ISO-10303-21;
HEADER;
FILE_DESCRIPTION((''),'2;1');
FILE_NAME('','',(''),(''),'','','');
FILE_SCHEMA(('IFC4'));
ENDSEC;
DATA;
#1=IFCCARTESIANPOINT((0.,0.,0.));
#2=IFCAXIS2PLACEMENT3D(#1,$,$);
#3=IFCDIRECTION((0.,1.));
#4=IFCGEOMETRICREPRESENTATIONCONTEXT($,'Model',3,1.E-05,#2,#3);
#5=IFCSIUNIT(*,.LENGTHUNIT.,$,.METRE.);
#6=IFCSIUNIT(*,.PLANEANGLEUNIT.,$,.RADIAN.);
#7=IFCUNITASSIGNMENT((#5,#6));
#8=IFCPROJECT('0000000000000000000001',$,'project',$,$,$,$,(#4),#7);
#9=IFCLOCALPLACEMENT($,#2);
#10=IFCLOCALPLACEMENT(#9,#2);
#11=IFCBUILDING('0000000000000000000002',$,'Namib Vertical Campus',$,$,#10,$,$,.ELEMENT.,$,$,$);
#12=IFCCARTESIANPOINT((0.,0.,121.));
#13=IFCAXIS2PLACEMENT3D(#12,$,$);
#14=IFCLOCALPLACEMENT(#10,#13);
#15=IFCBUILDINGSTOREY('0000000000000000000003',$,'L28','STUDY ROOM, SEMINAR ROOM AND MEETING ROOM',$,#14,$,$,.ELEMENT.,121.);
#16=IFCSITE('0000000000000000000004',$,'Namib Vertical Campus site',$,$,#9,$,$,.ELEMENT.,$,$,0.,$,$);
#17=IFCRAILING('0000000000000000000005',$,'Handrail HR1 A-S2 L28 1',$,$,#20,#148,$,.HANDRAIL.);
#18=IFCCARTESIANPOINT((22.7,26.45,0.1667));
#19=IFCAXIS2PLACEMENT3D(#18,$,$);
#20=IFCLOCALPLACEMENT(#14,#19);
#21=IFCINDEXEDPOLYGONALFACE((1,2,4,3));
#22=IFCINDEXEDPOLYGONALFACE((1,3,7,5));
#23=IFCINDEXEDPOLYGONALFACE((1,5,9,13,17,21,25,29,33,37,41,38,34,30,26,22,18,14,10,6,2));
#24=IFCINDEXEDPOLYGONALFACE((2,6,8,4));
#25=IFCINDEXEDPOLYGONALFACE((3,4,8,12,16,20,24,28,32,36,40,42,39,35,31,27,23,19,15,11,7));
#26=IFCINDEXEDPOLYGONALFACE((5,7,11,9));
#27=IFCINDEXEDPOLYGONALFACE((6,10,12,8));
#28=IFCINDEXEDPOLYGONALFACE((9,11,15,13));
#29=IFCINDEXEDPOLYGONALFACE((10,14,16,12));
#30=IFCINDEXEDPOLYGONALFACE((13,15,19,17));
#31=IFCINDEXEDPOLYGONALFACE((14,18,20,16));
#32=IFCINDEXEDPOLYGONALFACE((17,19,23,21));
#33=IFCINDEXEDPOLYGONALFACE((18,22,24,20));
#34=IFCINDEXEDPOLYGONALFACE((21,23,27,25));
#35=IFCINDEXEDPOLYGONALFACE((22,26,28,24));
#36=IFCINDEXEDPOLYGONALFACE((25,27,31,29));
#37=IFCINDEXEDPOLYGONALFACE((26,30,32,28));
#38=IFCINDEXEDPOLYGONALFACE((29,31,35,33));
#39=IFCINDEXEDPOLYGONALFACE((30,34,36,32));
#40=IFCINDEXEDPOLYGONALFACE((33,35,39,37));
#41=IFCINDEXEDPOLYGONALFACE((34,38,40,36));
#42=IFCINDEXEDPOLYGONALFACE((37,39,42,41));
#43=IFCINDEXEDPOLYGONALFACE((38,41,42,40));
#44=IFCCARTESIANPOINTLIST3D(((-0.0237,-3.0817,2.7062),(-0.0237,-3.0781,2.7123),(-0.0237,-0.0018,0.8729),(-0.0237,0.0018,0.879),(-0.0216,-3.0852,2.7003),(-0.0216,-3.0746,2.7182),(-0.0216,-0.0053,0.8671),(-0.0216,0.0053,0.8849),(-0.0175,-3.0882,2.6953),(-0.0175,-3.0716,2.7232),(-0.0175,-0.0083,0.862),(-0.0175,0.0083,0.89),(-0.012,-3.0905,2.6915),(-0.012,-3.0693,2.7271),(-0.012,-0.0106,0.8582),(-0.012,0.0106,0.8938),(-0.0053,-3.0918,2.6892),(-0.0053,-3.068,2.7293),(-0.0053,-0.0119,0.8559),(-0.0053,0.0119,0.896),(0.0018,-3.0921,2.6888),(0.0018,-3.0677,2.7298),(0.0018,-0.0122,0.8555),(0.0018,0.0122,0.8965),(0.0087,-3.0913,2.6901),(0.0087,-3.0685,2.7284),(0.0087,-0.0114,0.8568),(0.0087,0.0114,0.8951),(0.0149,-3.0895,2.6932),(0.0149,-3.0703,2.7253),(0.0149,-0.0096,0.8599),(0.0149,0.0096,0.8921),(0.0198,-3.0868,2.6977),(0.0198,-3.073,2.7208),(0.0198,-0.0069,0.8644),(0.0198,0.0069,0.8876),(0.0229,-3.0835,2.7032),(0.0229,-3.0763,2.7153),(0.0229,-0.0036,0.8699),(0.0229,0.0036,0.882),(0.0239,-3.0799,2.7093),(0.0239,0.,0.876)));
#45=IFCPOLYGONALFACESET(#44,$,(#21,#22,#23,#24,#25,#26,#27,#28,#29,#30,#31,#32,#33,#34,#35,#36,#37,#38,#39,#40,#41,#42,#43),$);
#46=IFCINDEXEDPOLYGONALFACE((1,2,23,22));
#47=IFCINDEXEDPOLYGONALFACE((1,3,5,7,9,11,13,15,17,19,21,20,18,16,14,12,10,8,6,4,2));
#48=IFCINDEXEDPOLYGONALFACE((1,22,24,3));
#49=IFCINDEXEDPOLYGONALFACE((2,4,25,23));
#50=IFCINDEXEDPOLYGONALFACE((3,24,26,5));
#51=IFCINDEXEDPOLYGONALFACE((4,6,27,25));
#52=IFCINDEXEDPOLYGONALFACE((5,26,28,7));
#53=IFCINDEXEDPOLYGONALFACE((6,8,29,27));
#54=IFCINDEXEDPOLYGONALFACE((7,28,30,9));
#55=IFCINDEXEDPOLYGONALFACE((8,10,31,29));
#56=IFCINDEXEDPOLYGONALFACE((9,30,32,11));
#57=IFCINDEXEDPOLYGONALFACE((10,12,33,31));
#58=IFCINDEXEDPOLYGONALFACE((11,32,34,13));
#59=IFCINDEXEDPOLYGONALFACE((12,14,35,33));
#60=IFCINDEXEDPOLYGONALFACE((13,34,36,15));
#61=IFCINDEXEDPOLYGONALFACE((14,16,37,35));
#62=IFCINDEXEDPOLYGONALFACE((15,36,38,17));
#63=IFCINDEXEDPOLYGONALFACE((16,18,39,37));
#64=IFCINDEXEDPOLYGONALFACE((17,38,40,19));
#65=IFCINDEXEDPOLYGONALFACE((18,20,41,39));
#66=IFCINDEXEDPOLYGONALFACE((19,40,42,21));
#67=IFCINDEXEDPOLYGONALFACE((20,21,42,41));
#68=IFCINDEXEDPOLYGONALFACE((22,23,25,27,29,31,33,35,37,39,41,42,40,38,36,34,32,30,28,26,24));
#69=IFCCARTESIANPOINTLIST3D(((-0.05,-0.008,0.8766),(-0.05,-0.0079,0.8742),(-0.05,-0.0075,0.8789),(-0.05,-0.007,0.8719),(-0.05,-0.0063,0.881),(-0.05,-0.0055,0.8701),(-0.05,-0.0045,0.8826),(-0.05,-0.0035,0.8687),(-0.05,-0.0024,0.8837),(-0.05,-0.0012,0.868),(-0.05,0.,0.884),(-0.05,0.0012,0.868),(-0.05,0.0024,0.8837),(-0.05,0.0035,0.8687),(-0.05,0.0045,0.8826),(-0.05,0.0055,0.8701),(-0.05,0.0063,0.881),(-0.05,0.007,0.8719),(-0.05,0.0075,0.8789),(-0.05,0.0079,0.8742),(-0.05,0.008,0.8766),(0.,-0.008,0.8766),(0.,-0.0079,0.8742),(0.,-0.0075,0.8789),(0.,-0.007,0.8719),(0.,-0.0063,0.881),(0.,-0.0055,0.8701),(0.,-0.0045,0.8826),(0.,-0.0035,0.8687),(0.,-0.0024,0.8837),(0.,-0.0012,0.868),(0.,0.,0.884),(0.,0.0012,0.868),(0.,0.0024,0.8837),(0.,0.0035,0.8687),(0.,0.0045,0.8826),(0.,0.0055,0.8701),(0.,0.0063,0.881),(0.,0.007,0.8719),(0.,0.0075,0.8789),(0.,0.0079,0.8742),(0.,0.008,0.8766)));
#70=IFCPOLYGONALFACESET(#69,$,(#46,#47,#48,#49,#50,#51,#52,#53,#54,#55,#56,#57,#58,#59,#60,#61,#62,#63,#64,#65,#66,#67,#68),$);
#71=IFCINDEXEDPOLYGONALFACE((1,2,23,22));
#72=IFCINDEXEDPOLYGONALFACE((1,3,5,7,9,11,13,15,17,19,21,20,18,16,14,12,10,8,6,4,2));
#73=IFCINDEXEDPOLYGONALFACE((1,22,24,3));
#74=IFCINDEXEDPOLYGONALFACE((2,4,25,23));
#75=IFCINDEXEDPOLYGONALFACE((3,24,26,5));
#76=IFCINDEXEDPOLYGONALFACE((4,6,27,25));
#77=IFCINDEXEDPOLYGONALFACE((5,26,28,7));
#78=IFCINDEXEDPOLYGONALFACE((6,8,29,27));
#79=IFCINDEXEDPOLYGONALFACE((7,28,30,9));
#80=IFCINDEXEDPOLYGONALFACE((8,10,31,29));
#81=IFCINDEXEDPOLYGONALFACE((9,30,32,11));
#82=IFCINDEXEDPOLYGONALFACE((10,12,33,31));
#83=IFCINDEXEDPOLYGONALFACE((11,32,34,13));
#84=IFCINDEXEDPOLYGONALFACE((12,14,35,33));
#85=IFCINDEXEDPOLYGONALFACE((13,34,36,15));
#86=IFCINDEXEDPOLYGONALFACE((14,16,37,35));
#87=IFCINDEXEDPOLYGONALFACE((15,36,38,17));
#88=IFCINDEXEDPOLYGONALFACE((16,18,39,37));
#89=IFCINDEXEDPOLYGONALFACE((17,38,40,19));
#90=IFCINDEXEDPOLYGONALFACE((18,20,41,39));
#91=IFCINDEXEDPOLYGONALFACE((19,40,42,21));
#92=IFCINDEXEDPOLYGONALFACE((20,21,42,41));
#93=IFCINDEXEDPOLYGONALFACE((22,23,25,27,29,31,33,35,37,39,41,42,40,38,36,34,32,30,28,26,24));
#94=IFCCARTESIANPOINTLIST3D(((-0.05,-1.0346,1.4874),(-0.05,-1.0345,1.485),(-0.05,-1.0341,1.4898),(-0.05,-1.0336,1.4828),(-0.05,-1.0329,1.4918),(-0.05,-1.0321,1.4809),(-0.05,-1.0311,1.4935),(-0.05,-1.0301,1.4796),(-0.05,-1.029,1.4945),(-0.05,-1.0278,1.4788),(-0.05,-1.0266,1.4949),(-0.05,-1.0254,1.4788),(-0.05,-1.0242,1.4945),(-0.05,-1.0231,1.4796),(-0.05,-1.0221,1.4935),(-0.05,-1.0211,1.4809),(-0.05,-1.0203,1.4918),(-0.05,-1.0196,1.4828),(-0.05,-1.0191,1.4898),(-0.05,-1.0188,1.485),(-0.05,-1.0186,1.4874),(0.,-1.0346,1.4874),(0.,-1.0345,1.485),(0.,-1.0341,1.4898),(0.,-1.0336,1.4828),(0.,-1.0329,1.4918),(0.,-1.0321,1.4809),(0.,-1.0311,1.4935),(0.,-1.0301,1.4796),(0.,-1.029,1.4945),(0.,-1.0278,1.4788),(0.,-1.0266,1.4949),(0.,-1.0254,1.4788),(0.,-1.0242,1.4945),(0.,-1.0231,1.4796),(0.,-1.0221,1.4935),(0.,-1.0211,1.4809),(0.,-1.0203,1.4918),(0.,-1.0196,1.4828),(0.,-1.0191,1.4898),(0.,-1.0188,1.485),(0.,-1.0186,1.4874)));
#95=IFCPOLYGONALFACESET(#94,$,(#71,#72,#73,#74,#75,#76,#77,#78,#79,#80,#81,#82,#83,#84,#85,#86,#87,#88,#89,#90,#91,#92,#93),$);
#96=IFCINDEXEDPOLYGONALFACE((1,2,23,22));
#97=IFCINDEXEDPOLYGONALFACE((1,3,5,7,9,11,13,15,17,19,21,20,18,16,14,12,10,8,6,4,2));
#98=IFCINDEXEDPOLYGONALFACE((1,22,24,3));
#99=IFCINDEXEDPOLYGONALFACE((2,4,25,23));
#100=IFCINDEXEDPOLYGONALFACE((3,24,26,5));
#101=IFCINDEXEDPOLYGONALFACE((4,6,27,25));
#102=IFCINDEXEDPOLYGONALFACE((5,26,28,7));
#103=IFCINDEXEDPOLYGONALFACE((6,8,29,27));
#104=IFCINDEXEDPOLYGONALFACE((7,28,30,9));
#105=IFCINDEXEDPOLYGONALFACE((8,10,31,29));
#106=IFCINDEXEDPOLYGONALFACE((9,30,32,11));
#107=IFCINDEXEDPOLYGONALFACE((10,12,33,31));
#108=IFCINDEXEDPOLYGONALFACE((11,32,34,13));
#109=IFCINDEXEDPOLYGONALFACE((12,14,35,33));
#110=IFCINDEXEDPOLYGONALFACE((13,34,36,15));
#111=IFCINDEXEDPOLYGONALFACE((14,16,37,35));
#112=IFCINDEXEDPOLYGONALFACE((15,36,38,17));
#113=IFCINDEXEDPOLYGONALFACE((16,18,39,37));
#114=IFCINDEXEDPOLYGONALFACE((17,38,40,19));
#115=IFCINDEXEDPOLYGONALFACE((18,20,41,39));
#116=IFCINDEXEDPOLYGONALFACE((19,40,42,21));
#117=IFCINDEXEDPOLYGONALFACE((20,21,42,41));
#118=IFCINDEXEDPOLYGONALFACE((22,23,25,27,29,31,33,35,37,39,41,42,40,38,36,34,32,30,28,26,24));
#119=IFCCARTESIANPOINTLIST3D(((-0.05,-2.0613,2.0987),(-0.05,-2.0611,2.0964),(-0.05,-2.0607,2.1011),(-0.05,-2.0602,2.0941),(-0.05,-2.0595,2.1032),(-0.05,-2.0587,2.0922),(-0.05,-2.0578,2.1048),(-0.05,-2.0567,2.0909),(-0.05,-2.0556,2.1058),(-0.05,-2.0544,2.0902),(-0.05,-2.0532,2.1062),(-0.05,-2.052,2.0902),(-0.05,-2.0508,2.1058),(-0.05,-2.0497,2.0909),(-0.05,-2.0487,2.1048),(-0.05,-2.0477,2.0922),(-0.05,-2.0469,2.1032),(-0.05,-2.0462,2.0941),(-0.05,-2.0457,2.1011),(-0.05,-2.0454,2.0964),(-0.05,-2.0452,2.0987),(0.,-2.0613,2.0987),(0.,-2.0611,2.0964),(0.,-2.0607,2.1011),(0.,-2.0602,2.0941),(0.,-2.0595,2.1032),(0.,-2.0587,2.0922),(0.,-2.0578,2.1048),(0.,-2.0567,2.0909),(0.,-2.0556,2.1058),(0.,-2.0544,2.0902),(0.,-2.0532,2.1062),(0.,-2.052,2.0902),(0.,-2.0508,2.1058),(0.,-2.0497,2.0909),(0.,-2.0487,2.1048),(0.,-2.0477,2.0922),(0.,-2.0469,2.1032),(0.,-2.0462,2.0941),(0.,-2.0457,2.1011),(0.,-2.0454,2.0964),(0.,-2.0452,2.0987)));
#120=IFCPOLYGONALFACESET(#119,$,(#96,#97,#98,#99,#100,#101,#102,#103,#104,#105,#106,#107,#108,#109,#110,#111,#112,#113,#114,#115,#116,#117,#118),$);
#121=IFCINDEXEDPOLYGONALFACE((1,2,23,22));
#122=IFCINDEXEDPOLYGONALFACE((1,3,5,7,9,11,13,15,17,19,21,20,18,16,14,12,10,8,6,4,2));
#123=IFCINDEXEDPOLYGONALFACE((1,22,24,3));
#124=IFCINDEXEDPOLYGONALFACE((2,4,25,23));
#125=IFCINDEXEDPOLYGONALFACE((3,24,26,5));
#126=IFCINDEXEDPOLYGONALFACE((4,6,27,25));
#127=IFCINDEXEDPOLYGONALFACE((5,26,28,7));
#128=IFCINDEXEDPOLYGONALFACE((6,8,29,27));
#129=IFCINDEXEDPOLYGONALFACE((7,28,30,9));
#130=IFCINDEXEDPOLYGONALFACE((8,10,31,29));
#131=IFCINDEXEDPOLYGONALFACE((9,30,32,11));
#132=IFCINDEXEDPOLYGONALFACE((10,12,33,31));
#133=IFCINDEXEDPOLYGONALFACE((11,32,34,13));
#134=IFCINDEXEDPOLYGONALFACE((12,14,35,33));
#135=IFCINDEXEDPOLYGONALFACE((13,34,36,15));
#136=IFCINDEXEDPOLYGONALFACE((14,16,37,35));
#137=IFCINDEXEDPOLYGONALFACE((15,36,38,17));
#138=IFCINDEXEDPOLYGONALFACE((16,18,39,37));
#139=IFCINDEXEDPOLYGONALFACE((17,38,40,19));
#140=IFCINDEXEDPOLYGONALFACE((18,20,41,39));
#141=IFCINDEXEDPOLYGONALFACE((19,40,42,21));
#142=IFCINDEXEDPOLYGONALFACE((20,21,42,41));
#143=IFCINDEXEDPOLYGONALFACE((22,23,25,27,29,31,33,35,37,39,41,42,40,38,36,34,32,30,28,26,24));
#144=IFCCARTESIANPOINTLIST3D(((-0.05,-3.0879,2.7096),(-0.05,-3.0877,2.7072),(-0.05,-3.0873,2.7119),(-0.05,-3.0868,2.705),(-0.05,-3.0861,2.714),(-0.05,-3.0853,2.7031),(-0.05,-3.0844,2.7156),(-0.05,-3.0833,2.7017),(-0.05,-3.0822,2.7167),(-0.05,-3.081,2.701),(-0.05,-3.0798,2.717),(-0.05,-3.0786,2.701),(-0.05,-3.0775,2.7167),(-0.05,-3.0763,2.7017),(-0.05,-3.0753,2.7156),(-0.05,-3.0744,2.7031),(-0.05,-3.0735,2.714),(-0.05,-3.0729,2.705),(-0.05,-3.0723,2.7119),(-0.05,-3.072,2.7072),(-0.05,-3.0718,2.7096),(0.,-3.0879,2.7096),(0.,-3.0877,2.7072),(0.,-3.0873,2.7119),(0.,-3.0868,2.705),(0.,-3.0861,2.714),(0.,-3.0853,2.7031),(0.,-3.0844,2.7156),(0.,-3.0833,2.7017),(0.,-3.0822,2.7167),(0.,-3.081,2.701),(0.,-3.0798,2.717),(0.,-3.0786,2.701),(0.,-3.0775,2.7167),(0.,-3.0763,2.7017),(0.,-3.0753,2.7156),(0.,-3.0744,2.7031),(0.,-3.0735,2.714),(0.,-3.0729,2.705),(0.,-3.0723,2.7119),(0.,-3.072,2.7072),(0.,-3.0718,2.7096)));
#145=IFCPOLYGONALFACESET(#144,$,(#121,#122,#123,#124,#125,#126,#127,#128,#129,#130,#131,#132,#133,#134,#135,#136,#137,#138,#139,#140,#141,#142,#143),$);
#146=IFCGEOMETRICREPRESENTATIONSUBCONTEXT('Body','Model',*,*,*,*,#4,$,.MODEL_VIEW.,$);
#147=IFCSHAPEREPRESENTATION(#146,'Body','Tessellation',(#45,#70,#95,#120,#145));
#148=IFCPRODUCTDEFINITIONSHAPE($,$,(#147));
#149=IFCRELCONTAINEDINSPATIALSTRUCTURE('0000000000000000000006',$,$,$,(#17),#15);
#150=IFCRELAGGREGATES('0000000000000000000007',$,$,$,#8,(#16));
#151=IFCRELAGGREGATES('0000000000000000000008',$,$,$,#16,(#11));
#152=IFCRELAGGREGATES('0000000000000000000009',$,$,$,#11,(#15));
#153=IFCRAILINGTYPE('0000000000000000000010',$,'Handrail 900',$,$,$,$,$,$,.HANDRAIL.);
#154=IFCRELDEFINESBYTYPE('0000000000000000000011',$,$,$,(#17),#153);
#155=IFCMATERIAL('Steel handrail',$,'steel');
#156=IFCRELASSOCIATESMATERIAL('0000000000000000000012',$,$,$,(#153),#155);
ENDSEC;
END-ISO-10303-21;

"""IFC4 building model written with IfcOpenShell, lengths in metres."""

from ifc_helpers import new_model, si_unit, direction, frame, origin, origin_2d, place, context, subcontext, project, spatial, circle, extrude, material, type_object, element, save


model = new_model("IFC4")

# Units and contexts
model_context = context("Model", 3, precision=1e-05, world=origin(), true_north=direction((0.0, 1.0)))
body_context = subcontext(model_context, "Body", "Model", "MODEL_VIEW")
ifc_project = project(units=[si_unit("LENGTHUNIT", "METRE"), si_unit("PLANEANGLEUNIT", "RADIAN")], contexts=[model_context])

# Site, building, storey
site_placement = place(None, origin())
site = spatial("IfcSite", under=ifc_project, at=site_placement, Name="Namib Vertical Campus site", CompositionType="ELEMENT", RefElevation=0.0)
building_placement = place(site_placement, origin())
building = spatial("IfcBuilding", under=site, at=building_placement, Name="Namib Vertical Campus", CompositionType="ELEMENT")
storey_placement = place(building_placement, frame((0.0, 0.0, 121.0)))
storey = spatial("IfcBuildingStorey", under=building, at=storey_placement, Name="L28", Description="STUDY ROOM, SEMINAR ROOM AND MEETING ROOM", CompositionType="ELEMENT", Elevation=121.0)

# Railing
ifc_material_1 = material(Name="Steel handrail", Category="steel")
railing_type_1 = type_object("IfcRailingType", Name="Handrail 900", PredefinedType="HANDRAIL", material=ifc_material_1)
railing_1_placement = place(storey_placement, frame((22.7, 26.45, 0.1667)))
element("IfcRailing", 1, at=railing_1_placement, inside=storey, type_object=railing_type_1, Name="Handrail HR1 A-S2 L28 1", PredefinedType="HANDRAIL", context=body_context, shape_type="SweptSolid", body=[
    extrude(circle(Radius=0.0239, at=origin_2d()), frame((0.0, 0.0, 0.876), z_axis=(0.0, -0.859291, 0.511487), x_axis=(1.0, 0.0, 0.0)), (0.0, 0.0, 1.0), 3.5842),
    extrude(circle(Radius=0.0081, at=origin_2d()), frame((0.0, 0.0, 0.876), z_axis=(-1.0, 0.0, 0.0), x_axis=(0.0, 0.0, 1.0)), (0.0, 0.0, 1.0), 0.05),
    extrude(circle(Radius=0.0081, at=origin_2d()), frame((0.0, -1.0266, 1.4868), z_axis=(-1.0, 0.0, 0.0), x_axis=(0.0, 0.0, 1.0)), (0.0, 0.0, 1.0), 0.05),
    extrude(circle(Radius=0.0081, at=origin_2d()), frame((0.0, -2.0532, 2.0981), z_axis=(-1.0, 0.0, 0.0), x_axis=(0.0, 0.0, 1.0)), (0.0, 0.0, 1.0), 0.05),
    extrude(circle(Radius=0.0081, at=origin_2d()), frame((0.0, -3.0798, 2.709), z_axis=(-1.0, 0.0, 0.0), x_axis=(0.0, 0.0, 1.0)), (0.0, 0.0, 1.0), 0.05),
])

save(model, "model.ifc")
